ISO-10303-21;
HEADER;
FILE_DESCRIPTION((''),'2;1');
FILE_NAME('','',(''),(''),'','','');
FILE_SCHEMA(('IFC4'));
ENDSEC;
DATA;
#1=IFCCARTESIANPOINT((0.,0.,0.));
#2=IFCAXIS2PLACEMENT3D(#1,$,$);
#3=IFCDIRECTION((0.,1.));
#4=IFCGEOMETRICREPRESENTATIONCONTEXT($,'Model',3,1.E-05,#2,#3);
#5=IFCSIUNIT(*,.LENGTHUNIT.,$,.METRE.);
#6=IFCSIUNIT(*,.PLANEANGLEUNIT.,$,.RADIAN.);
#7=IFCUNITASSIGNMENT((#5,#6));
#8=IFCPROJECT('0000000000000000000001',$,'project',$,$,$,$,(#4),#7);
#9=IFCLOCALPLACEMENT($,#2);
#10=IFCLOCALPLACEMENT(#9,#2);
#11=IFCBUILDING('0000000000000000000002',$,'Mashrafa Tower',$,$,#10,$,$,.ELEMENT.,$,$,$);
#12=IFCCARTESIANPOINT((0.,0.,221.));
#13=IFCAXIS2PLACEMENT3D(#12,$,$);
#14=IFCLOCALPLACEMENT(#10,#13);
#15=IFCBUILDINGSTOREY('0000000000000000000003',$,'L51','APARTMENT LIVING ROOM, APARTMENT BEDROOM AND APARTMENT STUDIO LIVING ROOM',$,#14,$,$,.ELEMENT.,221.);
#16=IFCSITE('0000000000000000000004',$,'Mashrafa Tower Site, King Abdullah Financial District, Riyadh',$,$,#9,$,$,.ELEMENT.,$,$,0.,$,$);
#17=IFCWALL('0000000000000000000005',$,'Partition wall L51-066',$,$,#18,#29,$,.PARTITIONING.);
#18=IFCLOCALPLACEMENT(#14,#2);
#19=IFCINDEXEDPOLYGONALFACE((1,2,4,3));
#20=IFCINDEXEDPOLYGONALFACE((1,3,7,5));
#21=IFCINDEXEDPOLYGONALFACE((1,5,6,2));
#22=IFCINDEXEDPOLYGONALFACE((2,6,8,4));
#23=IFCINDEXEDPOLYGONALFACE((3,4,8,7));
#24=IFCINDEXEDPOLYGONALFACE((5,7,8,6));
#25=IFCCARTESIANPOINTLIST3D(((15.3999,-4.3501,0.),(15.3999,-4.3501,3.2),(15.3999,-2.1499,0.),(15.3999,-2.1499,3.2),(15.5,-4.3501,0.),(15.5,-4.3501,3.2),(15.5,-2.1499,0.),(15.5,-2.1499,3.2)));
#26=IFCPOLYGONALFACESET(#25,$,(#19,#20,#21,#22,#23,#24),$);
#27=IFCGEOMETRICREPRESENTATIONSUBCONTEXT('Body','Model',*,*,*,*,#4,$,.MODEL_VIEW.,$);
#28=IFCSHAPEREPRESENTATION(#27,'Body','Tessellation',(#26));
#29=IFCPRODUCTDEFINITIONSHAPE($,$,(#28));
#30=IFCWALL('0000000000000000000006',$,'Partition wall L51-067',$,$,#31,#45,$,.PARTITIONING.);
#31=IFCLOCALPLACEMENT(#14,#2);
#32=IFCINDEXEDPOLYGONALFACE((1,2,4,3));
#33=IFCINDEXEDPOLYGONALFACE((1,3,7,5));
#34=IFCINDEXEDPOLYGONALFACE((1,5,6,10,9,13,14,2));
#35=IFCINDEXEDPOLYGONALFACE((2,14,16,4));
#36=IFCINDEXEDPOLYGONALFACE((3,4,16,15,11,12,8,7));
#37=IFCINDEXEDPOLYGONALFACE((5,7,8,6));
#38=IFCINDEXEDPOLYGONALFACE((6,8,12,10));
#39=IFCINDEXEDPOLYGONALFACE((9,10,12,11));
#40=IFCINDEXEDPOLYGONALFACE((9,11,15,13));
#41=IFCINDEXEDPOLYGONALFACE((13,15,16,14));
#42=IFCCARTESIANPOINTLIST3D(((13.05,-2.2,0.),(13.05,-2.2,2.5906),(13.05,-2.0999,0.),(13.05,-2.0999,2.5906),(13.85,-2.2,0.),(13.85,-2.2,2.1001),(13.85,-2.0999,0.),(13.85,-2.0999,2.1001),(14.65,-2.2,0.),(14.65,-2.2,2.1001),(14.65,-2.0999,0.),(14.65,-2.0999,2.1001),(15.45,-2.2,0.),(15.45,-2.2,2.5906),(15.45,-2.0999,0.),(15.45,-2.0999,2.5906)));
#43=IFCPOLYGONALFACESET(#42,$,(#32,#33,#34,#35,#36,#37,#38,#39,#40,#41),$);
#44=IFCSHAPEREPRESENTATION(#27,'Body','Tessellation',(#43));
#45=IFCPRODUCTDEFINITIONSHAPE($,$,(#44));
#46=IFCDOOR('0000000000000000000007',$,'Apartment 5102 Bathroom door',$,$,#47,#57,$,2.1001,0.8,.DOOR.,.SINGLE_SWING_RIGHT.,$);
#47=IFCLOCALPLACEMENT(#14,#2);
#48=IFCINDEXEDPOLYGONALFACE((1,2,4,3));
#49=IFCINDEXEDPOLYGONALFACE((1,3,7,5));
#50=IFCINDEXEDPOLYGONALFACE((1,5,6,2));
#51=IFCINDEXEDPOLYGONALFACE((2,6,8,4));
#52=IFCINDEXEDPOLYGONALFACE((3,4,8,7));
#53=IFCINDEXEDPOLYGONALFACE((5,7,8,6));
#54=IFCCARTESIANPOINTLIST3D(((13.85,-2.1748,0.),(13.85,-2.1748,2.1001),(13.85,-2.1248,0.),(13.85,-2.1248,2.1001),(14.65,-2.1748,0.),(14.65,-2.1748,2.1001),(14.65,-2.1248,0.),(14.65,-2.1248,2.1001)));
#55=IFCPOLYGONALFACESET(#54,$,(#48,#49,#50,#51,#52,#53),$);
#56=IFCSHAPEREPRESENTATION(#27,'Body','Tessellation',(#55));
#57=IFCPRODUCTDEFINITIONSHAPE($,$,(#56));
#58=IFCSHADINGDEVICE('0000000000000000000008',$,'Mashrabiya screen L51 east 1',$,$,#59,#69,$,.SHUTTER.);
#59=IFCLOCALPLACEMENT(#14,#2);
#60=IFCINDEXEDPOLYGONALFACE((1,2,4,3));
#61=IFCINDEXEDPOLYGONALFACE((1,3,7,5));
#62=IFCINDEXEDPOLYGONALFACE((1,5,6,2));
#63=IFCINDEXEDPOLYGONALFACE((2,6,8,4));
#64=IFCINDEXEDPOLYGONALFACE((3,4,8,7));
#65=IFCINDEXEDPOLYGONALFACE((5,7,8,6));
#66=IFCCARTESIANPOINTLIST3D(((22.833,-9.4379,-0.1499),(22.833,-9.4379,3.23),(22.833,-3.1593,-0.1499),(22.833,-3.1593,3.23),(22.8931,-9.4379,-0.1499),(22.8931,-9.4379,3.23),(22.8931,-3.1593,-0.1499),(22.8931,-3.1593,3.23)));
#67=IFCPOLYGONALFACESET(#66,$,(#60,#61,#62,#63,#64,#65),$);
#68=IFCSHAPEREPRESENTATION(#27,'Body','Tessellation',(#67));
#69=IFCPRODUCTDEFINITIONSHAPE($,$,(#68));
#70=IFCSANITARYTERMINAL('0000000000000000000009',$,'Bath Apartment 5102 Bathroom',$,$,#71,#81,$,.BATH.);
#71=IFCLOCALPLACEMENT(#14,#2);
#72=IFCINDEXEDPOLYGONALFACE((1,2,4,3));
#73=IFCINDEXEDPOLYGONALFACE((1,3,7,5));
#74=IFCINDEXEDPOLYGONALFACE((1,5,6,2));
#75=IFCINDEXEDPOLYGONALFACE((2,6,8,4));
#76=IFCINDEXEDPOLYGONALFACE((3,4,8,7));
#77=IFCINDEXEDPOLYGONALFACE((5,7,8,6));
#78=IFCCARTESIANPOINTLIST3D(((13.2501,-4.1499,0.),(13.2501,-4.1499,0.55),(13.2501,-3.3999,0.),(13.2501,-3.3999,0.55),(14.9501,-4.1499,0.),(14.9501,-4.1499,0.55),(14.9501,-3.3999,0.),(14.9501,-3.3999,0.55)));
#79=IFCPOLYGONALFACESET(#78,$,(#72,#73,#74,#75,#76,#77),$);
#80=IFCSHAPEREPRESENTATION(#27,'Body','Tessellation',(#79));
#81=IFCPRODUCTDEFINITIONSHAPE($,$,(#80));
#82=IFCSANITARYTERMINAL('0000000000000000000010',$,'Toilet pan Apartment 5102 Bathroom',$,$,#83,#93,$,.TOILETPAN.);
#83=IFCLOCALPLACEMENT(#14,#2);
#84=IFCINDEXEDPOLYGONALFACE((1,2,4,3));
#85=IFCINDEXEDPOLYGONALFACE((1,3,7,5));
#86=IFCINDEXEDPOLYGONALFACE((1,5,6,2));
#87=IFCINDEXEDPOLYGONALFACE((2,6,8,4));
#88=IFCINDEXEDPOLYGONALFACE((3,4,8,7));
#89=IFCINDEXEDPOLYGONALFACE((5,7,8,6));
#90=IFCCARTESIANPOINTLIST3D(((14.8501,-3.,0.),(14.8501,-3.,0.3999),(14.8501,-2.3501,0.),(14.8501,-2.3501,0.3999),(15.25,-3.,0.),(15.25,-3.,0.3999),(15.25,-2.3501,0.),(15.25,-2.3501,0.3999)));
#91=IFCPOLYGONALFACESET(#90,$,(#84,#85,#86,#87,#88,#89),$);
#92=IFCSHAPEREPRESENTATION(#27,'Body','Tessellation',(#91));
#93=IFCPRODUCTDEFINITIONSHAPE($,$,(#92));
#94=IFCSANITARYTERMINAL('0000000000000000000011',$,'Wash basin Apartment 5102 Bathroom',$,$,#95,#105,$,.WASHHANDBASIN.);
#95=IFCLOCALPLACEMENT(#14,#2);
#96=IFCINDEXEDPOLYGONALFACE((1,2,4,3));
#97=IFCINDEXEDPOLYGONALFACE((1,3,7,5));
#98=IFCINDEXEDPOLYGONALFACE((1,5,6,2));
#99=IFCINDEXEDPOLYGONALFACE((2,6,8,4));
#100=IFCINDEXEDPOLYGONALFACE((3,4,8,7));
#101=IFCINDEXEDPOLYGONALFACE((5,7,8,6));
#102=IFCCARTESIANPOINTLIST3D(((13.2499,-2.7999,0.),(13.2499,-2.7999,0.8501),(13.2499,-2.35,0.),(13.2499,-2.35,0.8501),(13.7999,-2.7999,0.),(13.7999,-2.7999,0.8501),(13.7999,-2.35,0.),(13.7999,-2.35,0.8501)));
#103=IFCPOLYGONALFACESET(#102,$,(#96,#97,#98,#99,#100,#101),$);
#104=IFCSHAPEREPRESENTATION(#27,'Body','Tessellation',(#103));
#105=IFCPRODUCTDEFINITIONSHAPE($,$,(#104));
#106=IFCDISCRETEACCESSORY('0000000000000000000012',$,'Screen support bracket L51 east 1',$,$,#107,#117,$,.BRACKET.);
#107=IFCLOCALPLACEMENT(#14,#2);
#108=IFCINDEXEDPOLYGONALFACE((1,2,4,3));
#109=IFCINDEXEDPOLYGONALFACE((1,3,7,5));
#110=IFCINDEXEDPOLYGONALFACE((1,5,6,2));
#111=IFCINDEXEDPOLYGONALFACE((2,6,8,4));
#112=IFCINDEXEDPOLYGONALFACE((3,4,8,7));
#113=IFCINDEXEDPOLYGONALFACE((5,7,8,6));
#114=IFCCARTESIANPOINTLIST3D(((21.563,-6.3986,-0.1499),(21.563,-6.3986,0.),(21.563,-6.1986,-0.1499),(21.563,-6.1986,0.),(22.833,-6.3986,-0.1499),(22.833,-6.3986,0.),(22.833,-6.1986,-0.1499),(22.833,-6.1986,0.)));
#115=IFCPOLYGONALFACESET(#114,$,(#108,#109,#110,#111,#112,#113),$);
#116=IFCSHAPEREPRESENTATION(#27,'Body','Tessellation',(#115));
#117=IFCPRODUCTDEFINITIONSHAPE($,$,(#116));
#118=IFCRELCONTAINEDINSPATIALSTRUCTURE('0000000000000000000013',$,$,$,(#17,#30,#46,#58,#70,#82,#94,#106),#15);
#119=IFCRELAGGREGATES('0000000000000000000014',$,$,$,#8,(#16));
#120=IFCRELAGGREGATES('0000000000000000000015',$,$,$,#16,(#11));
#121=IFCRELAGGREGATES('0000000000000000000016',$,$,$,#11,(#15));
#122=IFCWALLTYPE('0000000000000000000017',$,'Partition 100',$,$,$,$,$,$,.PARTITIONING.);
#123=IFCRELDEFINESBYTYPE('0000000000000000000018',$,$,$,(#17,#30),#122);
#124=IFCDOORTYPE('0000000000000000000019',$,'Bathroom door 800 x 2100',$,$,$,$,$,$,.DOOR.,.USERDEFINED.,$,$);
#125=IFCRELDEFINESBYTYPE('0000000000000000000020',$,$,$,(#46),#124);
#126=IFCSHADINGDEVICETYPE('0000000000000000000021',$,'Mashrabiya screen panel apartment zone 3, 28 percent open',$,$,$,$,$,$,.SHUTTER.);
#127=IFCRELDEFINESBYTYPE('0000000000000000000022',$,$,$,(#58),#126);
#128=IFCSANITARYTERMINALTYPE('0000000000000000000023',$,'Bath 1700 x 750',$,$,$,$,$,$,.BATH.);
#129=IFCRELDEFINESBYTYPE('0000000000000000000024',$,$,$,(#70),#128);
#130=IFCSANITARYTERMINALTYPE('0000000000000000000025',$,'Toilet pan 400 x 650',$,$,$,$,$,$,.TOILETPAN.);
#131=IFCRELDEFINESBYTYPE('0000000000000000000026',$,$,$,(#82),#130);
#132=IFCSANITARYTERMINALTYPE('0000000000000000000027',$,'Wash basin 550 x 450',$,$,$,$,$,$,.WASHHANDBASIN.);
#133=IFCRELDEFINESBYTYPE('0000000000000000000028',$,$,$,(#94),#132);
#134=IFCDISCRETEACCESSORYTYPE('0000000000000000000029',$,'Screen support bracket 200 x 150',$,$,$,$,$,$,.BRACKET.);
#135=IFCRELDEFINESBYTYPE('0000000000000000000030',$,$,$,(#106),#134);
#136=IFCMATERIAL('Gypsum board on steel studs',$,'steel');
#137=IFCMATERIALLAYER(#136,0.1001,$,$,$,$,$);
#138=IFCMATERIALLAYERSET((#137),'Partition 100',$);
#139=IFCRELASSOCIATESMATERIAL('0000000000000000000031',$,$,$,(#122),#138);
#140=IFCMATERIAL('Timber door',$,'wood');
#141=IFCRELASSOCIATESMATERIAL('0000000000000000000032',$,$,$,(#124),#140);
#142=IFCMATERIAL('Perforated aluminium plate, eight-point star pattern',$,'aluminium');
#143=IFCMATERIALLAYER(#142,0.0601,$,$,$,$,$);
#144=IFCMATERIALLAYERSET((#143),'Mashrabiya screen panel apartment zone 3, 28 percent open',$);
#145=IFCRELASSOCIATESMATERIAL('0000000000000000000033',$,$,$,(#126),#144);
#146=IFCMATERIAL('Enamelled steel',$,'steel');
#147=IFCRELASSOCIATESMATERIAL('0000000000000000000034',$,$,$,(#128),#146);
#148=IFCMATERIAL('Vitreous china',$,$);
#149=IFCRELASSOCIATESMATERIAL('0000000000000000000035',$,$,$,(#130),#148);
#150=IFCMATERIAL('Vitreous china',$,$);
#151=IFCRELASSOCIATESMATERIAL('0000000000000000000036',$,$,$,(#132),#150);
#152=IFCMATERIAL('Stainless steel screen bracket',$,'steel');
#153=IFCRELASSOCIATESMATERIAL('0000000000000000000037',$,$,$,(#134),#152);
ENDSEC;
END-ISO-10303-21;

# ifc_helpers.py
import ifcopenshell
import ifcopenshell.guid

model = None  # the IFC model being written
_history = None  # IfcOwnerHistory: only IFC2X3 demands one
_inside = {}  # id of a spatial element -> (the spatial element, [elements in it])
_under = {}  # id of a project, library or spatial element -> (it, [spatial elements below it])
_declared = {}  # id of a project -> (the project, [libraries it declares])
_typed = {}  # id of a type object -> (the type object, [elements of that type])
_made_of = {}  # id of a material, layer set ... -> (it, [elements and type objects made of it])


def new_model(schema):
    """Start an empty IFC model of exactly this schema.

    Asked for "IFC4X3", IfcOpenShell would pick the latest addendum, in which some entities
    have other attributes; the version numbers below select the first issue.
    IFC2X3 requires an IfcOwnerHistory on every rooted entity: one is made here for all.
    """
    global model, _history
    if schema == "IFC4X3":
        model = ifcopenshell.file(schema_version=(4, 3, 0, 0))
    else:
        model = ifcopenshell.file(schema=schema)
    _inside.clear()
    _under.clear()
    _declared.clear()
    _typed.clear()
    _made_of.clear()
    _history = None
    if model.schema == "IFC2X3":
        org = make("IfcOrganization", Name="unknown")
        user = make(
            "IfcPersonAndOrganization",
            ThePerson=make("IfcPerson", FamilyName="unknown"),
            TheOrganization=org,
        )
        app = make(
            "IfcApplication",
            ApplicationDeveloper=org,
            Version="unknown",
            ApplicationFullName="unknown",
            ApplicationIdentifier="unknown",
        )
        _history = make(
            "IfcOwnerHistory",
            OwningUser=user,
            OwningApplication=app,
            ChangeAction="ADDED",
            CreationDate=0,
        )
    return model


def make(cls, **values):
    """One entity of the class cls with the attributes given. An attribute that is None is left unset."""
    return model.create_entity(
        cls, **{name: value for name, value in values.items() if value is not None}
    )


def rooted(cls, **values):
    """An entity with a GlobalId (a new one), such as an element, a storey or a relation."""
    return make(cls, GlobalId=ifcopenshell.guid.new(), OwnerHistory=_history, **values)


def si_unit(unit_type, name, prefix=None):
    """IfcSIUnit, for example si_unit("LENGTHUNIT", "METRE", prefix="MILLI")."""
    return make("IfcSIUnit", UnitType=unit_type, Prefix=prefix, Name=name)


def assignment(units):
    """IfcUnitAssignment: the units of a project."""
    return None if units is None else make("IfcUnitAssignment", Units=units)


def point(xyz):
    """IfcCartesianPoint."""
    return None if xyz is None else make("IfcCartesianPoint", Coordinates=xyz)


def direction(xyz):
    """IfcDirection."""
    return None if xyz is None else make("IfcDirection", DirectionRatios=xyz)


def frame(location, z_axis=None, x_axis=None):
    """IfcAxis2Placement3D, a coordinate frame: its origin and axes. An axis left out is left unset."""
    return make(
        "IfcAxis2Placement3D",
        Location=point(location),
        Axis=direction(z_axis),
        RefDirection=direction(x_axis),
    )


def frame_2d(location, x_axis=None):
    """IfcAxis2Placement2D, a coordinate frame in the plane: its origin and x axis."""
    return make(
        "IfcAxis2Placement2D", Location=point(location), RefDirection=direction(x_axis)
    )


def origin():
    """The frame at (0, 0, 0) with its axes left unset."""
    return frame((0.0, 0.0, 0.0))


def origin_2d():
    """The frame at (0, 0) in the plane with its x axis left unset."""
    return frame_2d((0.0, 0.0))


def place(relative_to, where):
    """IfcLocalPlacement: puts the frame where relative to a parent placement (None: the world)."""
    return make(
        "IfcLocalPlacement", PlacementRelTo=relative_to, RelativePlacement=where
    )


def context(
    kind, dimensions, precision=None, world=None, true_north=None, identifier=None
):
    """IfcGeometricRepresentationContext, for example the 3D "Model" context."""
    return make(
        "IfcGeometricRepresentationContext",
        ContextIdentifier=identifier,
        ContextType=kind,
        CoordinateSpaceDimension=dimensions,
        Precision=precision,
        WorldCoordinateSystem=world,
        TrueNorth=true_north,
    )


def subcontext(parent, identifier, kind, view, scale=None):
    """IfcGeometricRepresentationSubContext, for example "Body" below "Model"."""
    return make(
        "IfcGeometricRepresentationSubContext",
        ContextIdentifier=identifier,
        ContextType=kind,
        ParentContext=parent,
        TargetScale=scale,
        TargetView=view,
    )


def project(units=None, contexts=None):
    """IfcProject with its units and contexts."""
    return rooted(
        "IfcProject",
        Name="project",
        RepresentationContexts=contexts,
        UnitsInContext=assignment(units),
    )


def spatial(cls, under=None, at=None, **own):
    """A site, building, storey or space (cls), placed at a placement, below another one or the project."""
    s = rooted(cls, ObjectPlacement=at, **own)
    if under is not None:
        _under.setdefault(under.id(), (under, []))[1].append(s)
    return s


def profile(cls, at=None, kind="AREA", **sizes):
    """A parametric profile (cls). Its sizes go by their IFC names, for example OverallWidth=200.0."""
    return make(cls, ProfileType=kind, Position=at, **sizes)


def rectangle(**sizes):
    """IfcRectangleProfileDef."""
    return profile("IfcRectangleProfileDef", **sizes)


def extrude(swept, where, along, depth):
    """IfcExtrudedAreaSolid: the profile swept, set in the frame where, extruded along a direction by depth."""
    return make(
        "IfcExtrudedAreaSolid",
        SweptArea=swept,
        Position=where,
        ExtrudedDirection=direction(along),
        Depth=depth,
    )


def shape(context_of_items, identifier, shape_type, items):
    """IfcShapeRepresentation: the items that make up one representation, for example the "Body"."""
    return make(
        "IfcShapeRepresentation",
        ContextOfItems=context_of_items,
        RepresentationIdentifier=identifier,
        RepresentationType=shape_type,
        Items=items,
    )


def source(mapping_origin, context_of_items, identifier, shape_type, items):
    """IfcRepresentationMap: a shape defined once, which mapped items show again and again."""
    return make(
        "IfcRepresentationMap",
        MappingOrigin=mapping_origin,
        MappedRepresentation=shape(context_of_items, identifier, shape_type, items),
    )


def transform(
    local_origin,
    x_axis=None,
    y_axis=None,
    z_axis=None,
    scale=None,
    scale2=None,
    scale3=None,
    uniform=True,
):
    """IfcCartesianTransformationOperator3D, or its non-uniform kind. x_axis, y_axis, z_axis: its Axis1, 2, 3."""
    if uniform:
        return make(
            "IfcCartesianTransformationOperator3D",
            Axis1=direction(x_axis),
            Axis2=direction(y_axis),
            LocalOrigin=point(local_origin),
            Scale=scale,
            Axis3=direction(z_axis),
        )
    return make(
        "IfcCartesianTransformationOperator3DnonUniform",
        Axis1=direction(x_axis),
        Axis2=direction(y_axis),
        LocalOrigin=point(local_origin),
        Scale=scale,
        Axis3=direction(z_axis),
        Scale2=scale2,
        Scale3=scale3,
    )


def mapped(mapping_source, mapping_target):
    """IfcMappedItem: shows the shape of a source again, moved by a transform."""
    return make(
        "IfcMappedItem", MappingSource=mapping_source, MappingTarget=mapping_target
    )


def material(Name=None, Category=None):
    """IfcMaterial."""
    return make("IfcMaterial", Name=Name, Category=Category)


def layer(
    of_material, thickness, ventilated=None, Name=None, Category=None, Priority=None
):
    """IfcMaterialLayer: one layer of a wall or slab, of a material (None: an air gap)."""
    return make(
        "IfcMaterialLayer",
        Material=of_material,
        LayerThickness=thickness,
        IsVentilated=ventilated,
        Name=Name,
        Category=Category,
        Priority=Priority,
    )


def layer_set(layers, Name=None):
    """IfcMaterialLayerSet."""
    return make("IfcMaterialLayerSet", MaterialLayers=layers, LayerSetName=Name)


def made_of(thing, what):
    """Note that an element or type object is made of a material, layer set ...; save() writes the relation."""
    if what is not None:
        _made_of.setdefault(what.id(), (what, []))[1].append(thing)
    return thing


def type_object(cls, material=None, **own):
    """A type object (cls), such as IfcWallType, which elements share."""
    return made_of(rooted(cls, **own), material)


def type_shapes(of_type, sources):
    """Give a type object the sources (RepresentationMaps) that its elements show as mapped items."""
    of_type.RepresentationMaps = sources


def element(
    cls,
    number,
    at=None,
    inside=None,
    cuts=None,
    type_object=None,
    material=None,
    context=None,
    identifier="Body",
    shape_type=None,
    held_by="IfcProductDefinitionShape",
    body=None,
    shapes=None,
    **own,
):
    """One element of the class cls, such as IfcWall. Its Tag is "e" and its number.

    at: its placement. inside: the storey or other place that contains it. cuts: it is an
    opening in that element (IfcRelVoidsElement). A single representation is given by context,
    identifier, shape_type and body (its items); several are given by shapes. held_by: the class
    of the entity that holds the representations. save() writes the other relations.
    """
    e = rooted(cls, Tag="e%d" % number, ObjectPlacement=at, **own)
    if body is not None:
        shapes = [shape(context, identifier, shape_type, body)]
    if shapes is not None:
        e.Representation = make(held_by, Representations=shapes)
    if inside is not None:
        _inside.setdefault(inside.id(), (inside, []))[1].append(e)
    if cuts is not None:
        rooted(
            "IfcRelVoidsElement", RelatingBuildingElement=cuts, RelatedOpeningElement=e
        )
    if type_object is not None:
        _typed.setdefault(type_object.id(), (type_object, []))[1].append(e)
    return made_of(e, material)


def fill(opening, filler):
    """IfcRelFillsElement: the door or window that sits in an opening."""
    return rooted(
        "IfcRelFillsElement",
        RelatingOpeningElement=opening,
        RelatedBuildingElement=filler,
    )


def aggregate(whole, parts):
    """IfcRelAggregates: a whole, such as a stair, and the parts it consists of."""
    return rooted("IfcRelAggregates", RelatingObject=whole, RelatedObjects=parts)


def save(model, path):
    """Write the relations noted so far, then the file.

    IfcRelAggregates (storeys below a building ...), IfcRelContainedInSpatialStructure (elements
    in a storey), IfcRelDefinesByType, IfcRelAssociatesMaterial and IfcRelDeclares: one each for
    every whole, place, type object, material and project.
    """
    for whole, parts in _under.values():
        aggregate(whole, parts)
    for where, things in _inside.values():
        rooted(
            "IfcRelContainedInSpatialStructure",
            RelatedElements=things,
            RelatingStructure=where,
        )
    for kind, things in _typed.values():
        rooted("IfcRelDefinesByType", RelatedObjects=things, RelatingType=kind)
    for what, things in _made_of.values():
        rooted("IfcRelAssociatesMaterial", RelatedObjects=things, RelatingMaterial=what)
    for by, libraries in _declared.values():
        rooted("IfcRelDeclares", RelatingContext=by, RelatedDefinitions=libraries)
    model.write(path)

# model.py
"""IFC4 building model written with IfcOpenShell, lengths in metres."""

from ifc_helpers import new_model, si_unit, direction, frame, frame_2d, origin, origin_2d, place, context, subcontext, project, spatial, rectangle, extrude, source, transform, mapped, material, layer, layer_set, type_object, type_shapes, element, fill, save


model = new_model("IFC4")

# Units and contexts
model_context = context("Model", 3, precision=1e-05, world=origin(), true_north=direction((0.0, 1.0)))
body_context = subcontext(model_context, "Body", "Model", "MODEL_VIEW")
ifc_project = project(units=[si_unit("LENGTHUNIT", "METRE"), si_unit("PLANEANGLEUNIT", "RADIAN")], contexts=[model_context])

# Site, building, storey
site_placement = place(None, origin())
site = spatial("IfcSite", under=ifc_project, at=site_placement, Name="Mashrafa Tower Site, King Abdullah Financial District, Riyadh", CompositionType="ELEMENT", RefElevation=0.0)
building_placement = place(site_placement, origin())
building = spatial("IfcBuilding", under=site, at=building_placement, Name="Mashrafa Tower", CompositionType="ELEMENT")
storey_placement = place(building_placement, frame((0.0, 0.0, 221.0)))
storey = spatial("IfcBuildingStorey", under=building, at=storey_placement, Name="L51", Description="APARTMENT LIVING ROOM, APARTMENT BEDROOM AND APARTMENT STUDIO LIVING ROOM", CompositionType="ELEMENT", Elevation=221.0)

# Wall
ifc_material_1 = material(Name="Gypsum board on steel studs", Category="steel")
ifc_layer_1 = layer(ifc_material_1, 0.1001)
ifc_layer_set_1 = layer_set([ifc_layer_1], Name="Partition 100")
wall_type_1 = type_object("IfcWallType", Name="Partition 100", PredefinedType="PARTITIONING", material=ifc_layer_set_1)
wall_1_placement = place(storey_placement, frame((15.45, -4.3501, 0.0), z_axis=(0.0, 0.0, 1.0), x_axis=(0.0, 1.0, 0.0)))
element("IfcWall", 1, at=wall_1_placement, inside=storey, type_object=wall_type_1, Name="Partition wall L51-066", PredefinedType="PARTITIONING", context=body_context, shape_type="SweptSolid", body=[
    extrude(rectangle(XDim=2.2002, YDim=0.1001, at=frame_2d((1.1001, 0.0))), origin(), (0.0, 0.0, 1.0), 3.2),
])

# Wall, opening, door
wall_2_placement = place(storey_placement, frame((15.45, -2.1499, 0.0), z_axis=(0.0, 0.0, 1.0), x_axis=(-1.0, 0.0, 0.0)))
wall_2 = element("IfcWall", 2, at=wall_2_placement, inside=storey, type_object=wall_type_1, Name="Partition wall L51-067", PredefinedType="PARTITIONING", context=body_context, shape_type="SweptSolid", body=[
    extrude(rectangle(XDim=2.3999, YDim=0.1001, at=frame_2d((1.2, 0.0))), origin(), (0.0, 0.0, 1.0), 2.5906),
])
opening_1_placement = place(wall_2_placement, frame((0.8, 0.0, 0.0)))
opening_1 = element("IfcOpeningElement", 3, at=opening_1_placement, cuts=wall_2, PredefinedType="OPENING", context=body_context, shape_type="SweptSolid", body=[
    extrude(rectangle(XDim=0.8, YDim=2.1001, at=frame_2d((0.3999, 1.05))), frame((0.0, 0.0601, 0.0), z_axis=(0.0, -1.0, 0.0), x_axis=(1.0, 0.0, 0.0)), (0.0, 0.0, 1.0), 0.1201),
])
ifc_material_2 = material(Name="Timber door", Category="wood")
door_type_1 = type_object("IfcDoorType", Name="Bathroom door 800 x 2100", OperationType="USERDEFINED", PredefinedType="DOOR", material=ifc_material_2)
door_1_placement = place(opening_1_placement, origin())
door_1 = element("IfcDoor", 4, at=door_1_placement, inside=storey, type_object=door_type_1, Name="Apartment 5102 Bathroom door", OperationType="SINGLE_SWING_RIGHT", OverallHeight=2.1001, OverallWidth=0.8, PredefinedType="DOOR", context=body_context, shape_type="SweptSolid", body=[
    extrude(rectangle(XDim=0.8, YDim=2.1001, at=frame_2d((0.3999, 1.05))), frame((0.0, 0.0249, 0.0), z_axis=(0.0, -1.0, 0.0), x_axis=(1.0, 0.0, 0.0)), (0.0, 0.0, 1.0), 0.05),
])
fill(opening_1, door_1)

# Shading device
ifc_material_3 = material(Name="Perforated aluminium plate, eight-point star pattern", Category="aluminium")
ifc_layer_2 = layer(ifc_material_3, 0.0601)
ifc_layer_set_2 = layer_set([ifc_layer_2], Name="Mashrabiya screen panel apartment zone 3, 28 percent open")
shading_device_type = type_object("IfcShadingDeviceType", Name="Mashrabiya screen panel apartment zone 3, 28 percent open", PredefinedType="SHUTTER", material=ifc_layer_set_2)
shared_shape_1 = source(origin(), body_context, "Body", "SweptSolid", [
    extrude(rectangle(XDim=6.2786, YDim=0.0601, at=origin_2d()), origin(), (0.0, 0.0, 1.0), 3.3799),
])
type_shapes(shading_device_type, [shared_shape_1])
shading_device_placement = place(storey_placement, frame((22.863, -6.2986, -0.1499), z_axis=(0.0, 0.0, 1.0), x_axis=(0.0, 1.0, 0.0)))
element("IfcShadingDevice", 5, at=shading_device_placement, inside=storey, type_object=shading_device_type, Name="Mashrabiya screen L51 east 1", PredefinedType="SHUTTER", context=body_context, shape_type="MappedRepresentation", body=[
    mapped(shared_shape_1, transform((0.0, 0.0, 0.0))),
])

# Sanitary terminals
ifc_material_4 = material(Name="Enamelled steel", Category="steel")
sanitary_terminal_type_1 = type_object("IfcSanitaryTerminalType", Name="Bath 1700 x 750", PredefinedType="BATH", material=ifc_material_4)
sanitary_terminal_1_placement = place(storey_placement, frame((14.1001, -3.7749, 0.0), z_axis=(0.0, 0.0, 1.0), x_axis=(1.0, 0.0, 0.0)))
element("IfcSanitaryTerminal", 6, at=sanitary_terminal_1_placement, inside=storey, type_object=sanitary_terminal_type_1, Name="Bath Apartment 5102 Bathroom", PredefinedType="BATH", context=body_context, shape_type="SweptSolid", body=[
    extrude(rectangle(XDim=1.7, YDim=0.75, at=origin_2d()), origin(), (0.0, 0.0, 1.0), 0.55),
])
ifc_material_5 = material(Name="Vitreous china")
sanitary_terminal_type_2 = type_object("IfcSanitaryTerminalType", Name="Toilet pan 400 x 650", PredefinedType="TOILETPAN", material=ifc_material_5)
sanitary_terminal_2_placement = place(storey_placement, frame((15.05, -2.675, 0.0), z_axis=(0.0, 0.0, 1.0), x_axis=(-1.0, 0.0, 0.0)))
element("IfcSanitaryTerminal", 7, at=sanitary_terminal_2_placement, inside=storey, type_object=sanitary_terminal_type_2, Name="Toilet pan Apartment 5102 Bathroom", PredefinedType="TOILETPAN", context=body_context, shape_type="SweptSolid", body=[
    extrude(rectangle(XDim=0.3999, YDim=0.6499, at=origin_2d()), origin(), (0.0, 0.0, 1.0), 0.3999),
])
ifc_material_6 = material(Name="Vitreous china")
sanitary_terminal_type_3 = type_object("IfcSanitaryTerminalType", Name="Wash basin 550 x 450", PredefinedType="WASHHANDBASIN", material=ifc_material_6)
sanitary_terminal_3_placement = place(storey_placement, frame((13.5249, -2.575, 0.0), z_axis=(0.0, 0.0, 1.0), x_axis=(-1.0, 0.0, 0.0)))
element("IfcSanitaryTerminal", 8, at=sanitary_terminal_3_placement, inside=storey, type_object=sanitary_terminal_type_3, Name="Wash basin Apartment 5102 Bathroom", PredefinedType="WASHHANDBASIN", context=body_context, shape_type="SweptSolid", body=[
    extrude(rectangle(XDim=0.55, YDim=0.45, at=origin_2d()), origin(), (0.0, 0.0, 1.0), 0.8501),
])

# Discrete accessory
ifc_material_7 = material(Name="Stainless steel screen bracket", Category="steel")
discrete_accessory_type = type_object("IfcDiscreteAccessoryType", Name="Screen support bracket 200 x 150", PredefinedType="BRACKET", material=ifc_material_7)
shared_shape_2 = source(origin(), body_context, "Body", "SweptSolid", [
    extrude(rectangle(XDim=0.2, YDim=1.27, at=origin_2d()), origin(), (0.0, 0.0, 1.0), 0.1499),
])
type_shapes(discrete_accessory_type, [shared_shape_2])
discrete_accessory_placement = place(storey_placement, frame((22.198, -6.2986, -0.1499), z_axis=(0.0, 0.0, 1.0), x_axis=(0.0, 1.0, 0.0)))
element("IfcDiscreteAccessory", 9, at=discrete_accessory_placement, inside=storey, type_object=discrete_accessory_type, Name="Screen support bracket L51 east 1", PredefinedType="BRACKET", context=body_context, shape_type="MappedRepresentation", body=[
    mapped(shared_shape_2, transform((0.0, 0.0, 0.0))),
])

save(model, "model.ifc")
